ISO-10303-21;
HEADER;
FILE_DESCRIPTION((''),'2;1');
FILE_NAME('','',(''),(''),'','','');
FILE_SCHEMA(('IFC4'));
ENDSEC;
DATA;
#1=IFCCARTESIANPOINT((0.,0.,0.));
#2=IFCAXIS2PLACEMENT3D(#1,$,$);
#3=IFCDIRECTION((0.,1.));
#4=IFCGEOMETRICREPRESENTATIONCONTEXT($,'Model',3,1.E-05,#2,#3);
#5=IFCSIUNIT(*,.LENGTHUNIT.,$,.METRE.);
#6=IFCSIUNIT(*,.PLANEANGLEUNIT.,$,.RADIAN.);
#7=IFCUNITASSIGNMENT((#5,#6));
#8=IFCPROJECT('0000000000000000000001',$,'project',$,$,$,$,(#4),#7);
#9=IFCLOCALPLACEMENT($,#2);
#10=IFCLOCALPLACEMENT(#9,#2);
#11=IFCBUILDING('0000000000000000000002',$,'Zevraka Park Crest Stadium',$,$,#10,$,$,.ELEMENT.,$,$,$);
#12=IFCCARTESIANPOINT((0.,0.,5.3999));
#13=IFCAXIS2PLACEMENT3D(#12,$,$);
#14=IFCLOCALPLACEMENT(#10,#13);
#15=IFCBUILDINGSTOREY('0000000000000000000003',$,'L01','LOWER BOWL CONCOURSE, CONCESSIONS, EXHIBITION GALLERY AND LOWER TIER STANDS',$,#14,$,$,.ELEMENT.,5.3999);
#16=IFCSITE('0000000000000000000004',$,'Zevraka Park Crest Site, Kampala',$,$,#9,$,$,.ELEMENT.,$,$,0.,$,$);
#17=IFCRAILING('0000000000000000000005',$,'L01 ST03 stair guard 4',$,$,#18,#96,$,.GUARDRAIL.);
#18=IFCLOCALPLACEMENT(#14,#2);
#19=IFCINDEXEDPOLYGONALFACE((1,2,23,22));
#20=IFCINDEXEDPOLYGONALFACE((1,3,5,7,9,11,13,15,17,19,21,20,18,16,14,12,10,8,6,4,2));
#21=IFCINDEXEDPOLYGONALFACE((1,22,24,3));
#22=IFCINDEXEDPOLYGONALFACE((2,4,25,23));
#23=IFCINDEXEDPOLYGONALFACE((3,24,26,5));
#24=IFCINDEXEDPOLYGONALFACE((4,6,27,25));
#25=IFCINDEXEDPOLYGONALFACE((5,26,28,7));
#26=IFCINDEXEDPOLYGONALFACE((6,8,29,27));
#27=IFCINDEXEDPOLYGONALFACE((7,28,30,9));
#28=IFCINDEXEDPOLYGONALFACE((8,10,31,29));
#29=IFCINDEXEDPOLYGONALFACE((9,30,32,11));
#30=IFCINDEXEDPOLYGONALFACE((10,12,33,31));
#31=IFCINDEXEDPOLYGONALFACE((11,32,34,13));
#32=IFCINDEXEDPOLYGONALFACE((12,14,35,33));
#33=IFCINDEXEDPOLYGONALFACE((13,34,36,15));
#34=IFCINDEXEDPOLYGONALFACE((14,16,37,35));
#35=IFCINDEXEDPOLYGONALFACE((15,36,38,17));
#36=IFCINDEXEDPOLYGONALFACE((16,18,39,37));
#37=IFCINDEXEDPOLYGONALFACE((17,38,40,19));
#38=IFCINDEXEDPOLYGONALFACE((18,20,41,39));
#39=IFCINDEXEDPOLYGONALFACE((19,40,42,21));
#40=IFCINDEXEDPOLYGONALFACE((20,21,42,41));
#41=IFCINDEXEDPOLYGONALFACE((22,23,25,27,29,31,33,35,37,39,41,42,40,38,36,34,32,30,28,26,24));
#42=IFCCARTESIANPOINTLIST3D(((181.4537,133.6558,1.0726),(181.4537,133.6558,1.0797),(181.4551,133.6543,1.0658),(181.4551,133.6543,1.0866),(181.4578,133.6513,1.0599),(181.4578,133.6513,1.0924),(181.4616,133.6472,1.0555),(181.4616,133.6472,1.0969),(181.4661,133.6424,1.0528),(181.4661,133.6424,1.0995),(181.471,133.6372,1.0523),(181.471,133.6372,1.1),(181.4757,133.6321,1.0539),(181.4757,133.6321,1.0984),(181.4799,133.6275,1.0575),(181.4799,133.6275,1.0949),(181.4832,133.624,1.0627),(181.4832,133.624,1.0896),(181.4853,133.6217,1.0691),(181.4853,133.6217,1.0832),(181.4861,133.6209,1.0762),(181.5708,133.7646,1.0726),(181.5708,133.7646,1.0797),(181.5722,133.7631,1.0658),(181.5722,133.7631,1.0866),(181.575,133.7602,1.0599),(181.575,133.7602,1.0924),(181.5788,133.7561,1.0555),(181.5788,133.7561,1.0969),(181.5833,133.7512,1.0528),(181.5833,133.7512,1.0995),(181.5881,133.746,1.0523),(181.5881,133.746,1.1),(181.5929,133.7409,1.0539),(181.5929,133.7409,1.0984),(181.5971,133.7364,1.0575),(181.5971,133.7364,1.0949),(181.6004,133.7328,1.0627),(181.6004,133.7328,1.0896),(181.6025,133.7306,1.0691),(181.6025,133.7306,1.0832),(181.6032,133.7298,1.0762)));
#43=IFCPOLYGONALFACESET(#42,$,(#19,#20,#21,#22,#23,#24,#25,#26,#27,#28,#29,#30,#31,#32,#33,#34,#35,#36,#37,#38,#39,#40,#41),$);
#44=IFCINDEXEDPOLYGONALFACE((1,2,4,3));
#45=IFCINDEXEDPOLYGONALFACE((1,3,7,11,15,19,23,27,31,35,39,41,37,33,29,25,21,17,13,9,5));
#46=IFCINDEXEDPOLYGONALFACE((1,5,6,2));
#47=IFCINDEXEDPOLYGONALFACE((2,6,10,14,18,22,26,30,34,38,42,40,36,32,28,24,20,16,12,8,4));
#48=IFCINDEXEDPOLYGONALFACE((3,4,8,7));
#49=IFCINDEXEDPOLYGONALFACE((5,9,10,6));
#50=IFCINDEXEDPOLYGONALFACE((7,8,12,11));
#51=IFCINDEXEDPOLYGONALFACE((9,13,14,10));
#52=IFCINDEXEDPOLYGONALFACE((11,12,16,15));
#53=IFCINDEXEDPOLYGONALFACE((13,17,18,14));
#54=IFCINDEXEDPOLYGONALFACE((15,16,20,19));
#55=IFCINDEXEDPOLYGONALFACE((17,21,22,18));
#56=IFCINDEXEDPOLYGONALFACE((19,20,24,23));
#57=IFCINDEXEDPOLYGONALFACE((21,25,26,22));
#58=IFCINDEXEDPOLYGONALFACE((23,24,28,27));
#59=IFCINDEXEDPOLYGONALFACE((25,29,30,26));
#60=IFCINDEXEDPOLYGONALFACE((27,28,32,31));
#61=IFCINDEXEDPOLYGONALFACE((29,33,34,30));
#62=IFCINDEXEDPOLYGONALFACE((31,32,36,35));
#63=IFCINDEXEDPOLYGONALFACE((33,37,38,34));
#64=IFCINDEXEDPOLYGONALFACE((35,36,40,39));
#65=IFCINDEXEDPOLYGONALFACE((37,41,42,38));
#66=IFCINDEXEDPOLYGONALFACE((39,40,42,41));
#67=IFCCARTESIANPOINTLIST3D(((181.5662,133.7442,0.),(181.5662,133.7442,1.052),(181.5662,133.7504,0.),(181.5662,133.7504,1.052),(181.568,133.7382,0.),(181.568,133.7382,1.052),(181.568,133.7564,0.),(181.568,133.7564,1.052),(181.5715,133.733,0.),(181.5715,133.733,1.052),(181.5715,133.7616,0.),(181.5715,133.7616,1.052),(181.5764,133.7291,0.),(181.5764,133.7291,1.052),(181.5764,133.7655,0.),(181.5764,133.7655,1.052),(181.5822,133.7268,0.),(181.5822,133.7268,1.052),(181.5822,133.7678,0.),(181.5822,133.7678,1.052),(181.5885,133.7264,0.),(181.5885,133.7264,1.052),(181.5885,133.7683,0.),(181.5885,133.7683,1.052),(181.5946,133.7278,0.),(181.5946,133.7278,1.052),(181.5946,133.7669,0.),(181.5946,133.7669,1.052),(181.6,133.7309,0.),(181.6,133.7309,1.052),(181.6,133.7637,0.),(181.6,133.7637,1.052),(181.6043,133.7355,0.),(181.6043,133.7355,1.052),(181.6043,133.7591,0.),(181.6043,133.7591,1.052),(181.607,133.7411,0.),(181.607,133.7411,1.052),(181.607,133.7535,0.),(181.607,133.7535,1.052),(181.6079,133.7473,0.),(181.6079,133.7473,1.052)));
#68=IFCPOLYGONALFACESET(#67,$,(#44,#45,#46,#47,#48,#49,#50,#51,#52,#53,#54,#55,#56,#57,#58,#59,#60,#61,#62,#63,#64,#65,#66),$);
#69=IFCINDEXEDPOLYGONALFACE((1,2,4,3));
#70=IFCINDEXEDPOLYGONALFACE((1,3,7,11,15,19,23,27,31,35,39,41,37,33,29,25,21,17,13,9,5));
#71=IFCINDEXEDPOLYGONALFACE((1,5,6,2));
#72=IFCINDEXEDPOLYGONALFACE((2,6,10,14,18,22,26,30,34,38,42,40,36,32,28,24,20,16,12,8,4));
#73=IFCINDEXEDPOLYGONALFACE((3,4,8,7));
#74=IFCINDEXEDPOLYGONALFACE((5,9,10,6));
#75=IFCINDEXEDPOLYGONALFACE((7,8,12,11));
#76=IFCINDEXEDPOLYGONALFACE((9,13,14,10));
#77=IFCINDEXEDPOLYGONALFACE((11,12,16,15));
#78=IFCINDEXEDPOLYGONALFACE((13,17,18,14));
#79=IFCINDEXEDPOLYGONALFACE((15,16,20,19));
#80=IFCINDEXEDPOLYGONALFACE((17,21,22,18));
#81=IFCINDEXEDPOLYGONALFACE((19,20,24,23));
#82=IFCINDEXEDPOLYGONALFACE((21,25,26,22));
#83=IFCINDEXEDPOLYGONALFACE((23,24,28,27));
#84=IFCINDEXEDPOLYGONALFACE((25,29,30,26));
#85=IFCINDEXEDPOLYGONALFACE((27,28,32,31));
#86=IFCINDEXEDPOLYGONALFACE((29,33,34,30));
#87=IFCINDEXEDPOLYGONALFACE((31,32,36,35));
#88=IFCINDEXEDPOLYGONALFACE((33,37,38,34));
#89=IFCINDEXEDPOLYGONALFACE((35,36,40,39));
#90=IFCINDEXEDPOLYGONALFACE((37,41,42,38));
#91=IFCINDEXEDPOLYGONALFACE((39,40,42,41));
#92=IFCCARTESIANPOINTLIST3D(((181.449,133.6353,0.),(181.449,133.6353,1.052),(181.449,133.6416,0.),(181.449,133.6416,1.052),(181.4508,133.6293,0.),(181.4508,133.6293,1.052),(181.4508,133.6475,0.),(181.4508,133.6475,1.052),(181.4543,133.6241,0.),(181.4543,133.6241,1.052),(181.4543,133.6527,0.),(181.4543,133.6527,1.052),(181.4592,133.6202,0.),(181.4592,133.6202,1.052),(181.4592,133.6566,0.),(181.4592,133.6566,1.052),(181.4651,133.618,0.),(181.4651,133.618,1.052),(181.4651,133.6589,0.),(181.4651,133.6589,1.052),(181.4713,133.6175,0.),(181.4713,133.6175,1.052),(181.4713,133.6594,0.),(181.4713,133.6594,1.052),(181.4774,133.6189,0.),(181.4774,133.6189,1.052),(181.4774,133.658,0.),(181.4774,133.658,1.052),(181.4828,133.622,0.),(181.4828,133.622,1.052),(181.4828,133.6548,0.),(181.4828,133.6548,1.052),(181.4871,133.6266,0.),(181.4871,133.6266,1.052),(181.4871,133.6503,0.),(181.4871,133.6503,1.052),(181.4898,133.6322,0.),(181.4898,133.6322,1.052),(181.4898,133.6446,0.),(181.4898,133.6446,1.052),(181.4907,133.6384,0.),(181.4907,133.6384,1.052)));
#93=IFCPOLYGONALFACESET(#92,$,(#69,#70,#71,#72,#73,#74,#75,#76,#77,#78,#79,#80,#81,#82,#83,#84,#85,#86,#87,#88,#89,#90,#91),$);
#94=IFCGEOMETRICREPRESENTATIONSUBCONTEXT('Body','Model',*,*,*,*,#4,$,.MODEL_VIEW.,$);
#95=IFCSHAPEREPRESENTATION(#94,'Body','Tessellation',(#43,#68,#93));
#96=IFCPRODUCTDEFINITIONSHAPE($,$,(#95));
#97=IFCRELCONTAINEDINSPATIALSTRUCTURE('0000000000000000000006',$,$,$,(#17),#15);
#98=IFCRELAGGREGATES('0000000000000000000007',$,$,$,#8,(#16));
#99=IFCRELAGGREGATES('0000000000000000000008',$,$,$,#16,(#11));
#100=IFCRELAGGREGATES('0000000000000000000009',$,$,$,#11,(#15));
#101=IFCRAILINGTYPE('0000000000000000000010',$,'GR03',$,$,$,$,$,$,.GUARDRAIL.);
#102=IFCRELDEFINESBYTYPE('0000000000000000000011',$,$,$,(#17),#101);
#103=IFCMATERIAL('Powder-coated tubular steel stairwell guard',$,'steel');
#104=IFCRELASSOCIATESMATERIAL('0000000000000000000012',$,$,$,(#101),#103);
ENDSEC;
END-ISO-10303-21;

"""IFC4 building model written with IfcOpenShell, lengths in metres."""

from ifc_helpers import new_model, si_unit, direction, frame, origin, origin_2d, place, context, subcontext, project, spatial, circle, extrude, material, type_object, element, save


model = new_model("IFC4")

# Units and contexts
model_context = context("Model", 3, precision=1e-05, world=origin(), true_north=direction((0.0, 1.0)))
body_context = subcontext(model_context, "Body", "Model", "MODEL_VIEW")
ifc_project = project(units=[si_unit("LENGTHUNIT", "METRE"), si_unit("PLANEANGLEUNIT", "RADIAN")], contexts=[model_context])

# Site, building, storey
site_placement = place(None, origin())
site = spatial("IfcSite", under=ifc_project, at=site_placement, Name="Zevraka Park Crest Site, Kampala", CompositionType="ELEMENT", RefElevation=0.0)
building_placement = place(site_placement, origin())
building = spatial("IfcBuilding", under=site, at=building_placement, Name="Zevraka Park Crest Stadium", CompositionType="ELEMENT")
storey_placement = place(building_placement, frame((0.0, 0.0, 5.3999)))
storey = spatial("IfcBuildingStorey", under=building, at=storey_placement, Name="L01", Description="LOWER BOWL CONCOURSE, CONCESSIONS, EXHIBITION GALLERY AND LOWER TIER STANDS", CompositionType="ELEMENT", Elevation=5.3999)

# Railing
ifc_material_1 = material(Name="Powder-coated tubular steel stairwell guard", Category="steel")
railing_type_1 = type_object("IfcRailingType", Name="GR03", PredefinedType="GUARDRAIL", material=ifc_material_1)
railing_1_placement = place(storey_placement, frame((181.5869, 133.7473, 0.0)))
element("IfcRailing", 1, at=railing_1_placement, inside=storey, type_object=railing_type_1, Name="L01 ST03 stair guard 4", PredefinedType="GUARDRAIL", context=body_context, shape_type="SweptSolid", body=[
    extrude(circle(Radius=0.0239, at=origin_2d()), frame((0.0, 0.0, 1.0762), z_axis=(-0.732576, -0.680685, 0.0), x_axis=(0.680685, -0.732576, 0.0)), (0.0, 0.0, 1.0), 0.1599),
    extrude(circle(Radius=0.021, at=origin_2d()), origin(), (0.0, 0.0, 1.0), 1.052),
    extrude(circle(Radius=0.021, at=origin_2d()), frame((-0.1172, -0.1089, 0.0)), (0.0, 0.0, 1.0), 1.052),
])

save(model, "model.ifc")
